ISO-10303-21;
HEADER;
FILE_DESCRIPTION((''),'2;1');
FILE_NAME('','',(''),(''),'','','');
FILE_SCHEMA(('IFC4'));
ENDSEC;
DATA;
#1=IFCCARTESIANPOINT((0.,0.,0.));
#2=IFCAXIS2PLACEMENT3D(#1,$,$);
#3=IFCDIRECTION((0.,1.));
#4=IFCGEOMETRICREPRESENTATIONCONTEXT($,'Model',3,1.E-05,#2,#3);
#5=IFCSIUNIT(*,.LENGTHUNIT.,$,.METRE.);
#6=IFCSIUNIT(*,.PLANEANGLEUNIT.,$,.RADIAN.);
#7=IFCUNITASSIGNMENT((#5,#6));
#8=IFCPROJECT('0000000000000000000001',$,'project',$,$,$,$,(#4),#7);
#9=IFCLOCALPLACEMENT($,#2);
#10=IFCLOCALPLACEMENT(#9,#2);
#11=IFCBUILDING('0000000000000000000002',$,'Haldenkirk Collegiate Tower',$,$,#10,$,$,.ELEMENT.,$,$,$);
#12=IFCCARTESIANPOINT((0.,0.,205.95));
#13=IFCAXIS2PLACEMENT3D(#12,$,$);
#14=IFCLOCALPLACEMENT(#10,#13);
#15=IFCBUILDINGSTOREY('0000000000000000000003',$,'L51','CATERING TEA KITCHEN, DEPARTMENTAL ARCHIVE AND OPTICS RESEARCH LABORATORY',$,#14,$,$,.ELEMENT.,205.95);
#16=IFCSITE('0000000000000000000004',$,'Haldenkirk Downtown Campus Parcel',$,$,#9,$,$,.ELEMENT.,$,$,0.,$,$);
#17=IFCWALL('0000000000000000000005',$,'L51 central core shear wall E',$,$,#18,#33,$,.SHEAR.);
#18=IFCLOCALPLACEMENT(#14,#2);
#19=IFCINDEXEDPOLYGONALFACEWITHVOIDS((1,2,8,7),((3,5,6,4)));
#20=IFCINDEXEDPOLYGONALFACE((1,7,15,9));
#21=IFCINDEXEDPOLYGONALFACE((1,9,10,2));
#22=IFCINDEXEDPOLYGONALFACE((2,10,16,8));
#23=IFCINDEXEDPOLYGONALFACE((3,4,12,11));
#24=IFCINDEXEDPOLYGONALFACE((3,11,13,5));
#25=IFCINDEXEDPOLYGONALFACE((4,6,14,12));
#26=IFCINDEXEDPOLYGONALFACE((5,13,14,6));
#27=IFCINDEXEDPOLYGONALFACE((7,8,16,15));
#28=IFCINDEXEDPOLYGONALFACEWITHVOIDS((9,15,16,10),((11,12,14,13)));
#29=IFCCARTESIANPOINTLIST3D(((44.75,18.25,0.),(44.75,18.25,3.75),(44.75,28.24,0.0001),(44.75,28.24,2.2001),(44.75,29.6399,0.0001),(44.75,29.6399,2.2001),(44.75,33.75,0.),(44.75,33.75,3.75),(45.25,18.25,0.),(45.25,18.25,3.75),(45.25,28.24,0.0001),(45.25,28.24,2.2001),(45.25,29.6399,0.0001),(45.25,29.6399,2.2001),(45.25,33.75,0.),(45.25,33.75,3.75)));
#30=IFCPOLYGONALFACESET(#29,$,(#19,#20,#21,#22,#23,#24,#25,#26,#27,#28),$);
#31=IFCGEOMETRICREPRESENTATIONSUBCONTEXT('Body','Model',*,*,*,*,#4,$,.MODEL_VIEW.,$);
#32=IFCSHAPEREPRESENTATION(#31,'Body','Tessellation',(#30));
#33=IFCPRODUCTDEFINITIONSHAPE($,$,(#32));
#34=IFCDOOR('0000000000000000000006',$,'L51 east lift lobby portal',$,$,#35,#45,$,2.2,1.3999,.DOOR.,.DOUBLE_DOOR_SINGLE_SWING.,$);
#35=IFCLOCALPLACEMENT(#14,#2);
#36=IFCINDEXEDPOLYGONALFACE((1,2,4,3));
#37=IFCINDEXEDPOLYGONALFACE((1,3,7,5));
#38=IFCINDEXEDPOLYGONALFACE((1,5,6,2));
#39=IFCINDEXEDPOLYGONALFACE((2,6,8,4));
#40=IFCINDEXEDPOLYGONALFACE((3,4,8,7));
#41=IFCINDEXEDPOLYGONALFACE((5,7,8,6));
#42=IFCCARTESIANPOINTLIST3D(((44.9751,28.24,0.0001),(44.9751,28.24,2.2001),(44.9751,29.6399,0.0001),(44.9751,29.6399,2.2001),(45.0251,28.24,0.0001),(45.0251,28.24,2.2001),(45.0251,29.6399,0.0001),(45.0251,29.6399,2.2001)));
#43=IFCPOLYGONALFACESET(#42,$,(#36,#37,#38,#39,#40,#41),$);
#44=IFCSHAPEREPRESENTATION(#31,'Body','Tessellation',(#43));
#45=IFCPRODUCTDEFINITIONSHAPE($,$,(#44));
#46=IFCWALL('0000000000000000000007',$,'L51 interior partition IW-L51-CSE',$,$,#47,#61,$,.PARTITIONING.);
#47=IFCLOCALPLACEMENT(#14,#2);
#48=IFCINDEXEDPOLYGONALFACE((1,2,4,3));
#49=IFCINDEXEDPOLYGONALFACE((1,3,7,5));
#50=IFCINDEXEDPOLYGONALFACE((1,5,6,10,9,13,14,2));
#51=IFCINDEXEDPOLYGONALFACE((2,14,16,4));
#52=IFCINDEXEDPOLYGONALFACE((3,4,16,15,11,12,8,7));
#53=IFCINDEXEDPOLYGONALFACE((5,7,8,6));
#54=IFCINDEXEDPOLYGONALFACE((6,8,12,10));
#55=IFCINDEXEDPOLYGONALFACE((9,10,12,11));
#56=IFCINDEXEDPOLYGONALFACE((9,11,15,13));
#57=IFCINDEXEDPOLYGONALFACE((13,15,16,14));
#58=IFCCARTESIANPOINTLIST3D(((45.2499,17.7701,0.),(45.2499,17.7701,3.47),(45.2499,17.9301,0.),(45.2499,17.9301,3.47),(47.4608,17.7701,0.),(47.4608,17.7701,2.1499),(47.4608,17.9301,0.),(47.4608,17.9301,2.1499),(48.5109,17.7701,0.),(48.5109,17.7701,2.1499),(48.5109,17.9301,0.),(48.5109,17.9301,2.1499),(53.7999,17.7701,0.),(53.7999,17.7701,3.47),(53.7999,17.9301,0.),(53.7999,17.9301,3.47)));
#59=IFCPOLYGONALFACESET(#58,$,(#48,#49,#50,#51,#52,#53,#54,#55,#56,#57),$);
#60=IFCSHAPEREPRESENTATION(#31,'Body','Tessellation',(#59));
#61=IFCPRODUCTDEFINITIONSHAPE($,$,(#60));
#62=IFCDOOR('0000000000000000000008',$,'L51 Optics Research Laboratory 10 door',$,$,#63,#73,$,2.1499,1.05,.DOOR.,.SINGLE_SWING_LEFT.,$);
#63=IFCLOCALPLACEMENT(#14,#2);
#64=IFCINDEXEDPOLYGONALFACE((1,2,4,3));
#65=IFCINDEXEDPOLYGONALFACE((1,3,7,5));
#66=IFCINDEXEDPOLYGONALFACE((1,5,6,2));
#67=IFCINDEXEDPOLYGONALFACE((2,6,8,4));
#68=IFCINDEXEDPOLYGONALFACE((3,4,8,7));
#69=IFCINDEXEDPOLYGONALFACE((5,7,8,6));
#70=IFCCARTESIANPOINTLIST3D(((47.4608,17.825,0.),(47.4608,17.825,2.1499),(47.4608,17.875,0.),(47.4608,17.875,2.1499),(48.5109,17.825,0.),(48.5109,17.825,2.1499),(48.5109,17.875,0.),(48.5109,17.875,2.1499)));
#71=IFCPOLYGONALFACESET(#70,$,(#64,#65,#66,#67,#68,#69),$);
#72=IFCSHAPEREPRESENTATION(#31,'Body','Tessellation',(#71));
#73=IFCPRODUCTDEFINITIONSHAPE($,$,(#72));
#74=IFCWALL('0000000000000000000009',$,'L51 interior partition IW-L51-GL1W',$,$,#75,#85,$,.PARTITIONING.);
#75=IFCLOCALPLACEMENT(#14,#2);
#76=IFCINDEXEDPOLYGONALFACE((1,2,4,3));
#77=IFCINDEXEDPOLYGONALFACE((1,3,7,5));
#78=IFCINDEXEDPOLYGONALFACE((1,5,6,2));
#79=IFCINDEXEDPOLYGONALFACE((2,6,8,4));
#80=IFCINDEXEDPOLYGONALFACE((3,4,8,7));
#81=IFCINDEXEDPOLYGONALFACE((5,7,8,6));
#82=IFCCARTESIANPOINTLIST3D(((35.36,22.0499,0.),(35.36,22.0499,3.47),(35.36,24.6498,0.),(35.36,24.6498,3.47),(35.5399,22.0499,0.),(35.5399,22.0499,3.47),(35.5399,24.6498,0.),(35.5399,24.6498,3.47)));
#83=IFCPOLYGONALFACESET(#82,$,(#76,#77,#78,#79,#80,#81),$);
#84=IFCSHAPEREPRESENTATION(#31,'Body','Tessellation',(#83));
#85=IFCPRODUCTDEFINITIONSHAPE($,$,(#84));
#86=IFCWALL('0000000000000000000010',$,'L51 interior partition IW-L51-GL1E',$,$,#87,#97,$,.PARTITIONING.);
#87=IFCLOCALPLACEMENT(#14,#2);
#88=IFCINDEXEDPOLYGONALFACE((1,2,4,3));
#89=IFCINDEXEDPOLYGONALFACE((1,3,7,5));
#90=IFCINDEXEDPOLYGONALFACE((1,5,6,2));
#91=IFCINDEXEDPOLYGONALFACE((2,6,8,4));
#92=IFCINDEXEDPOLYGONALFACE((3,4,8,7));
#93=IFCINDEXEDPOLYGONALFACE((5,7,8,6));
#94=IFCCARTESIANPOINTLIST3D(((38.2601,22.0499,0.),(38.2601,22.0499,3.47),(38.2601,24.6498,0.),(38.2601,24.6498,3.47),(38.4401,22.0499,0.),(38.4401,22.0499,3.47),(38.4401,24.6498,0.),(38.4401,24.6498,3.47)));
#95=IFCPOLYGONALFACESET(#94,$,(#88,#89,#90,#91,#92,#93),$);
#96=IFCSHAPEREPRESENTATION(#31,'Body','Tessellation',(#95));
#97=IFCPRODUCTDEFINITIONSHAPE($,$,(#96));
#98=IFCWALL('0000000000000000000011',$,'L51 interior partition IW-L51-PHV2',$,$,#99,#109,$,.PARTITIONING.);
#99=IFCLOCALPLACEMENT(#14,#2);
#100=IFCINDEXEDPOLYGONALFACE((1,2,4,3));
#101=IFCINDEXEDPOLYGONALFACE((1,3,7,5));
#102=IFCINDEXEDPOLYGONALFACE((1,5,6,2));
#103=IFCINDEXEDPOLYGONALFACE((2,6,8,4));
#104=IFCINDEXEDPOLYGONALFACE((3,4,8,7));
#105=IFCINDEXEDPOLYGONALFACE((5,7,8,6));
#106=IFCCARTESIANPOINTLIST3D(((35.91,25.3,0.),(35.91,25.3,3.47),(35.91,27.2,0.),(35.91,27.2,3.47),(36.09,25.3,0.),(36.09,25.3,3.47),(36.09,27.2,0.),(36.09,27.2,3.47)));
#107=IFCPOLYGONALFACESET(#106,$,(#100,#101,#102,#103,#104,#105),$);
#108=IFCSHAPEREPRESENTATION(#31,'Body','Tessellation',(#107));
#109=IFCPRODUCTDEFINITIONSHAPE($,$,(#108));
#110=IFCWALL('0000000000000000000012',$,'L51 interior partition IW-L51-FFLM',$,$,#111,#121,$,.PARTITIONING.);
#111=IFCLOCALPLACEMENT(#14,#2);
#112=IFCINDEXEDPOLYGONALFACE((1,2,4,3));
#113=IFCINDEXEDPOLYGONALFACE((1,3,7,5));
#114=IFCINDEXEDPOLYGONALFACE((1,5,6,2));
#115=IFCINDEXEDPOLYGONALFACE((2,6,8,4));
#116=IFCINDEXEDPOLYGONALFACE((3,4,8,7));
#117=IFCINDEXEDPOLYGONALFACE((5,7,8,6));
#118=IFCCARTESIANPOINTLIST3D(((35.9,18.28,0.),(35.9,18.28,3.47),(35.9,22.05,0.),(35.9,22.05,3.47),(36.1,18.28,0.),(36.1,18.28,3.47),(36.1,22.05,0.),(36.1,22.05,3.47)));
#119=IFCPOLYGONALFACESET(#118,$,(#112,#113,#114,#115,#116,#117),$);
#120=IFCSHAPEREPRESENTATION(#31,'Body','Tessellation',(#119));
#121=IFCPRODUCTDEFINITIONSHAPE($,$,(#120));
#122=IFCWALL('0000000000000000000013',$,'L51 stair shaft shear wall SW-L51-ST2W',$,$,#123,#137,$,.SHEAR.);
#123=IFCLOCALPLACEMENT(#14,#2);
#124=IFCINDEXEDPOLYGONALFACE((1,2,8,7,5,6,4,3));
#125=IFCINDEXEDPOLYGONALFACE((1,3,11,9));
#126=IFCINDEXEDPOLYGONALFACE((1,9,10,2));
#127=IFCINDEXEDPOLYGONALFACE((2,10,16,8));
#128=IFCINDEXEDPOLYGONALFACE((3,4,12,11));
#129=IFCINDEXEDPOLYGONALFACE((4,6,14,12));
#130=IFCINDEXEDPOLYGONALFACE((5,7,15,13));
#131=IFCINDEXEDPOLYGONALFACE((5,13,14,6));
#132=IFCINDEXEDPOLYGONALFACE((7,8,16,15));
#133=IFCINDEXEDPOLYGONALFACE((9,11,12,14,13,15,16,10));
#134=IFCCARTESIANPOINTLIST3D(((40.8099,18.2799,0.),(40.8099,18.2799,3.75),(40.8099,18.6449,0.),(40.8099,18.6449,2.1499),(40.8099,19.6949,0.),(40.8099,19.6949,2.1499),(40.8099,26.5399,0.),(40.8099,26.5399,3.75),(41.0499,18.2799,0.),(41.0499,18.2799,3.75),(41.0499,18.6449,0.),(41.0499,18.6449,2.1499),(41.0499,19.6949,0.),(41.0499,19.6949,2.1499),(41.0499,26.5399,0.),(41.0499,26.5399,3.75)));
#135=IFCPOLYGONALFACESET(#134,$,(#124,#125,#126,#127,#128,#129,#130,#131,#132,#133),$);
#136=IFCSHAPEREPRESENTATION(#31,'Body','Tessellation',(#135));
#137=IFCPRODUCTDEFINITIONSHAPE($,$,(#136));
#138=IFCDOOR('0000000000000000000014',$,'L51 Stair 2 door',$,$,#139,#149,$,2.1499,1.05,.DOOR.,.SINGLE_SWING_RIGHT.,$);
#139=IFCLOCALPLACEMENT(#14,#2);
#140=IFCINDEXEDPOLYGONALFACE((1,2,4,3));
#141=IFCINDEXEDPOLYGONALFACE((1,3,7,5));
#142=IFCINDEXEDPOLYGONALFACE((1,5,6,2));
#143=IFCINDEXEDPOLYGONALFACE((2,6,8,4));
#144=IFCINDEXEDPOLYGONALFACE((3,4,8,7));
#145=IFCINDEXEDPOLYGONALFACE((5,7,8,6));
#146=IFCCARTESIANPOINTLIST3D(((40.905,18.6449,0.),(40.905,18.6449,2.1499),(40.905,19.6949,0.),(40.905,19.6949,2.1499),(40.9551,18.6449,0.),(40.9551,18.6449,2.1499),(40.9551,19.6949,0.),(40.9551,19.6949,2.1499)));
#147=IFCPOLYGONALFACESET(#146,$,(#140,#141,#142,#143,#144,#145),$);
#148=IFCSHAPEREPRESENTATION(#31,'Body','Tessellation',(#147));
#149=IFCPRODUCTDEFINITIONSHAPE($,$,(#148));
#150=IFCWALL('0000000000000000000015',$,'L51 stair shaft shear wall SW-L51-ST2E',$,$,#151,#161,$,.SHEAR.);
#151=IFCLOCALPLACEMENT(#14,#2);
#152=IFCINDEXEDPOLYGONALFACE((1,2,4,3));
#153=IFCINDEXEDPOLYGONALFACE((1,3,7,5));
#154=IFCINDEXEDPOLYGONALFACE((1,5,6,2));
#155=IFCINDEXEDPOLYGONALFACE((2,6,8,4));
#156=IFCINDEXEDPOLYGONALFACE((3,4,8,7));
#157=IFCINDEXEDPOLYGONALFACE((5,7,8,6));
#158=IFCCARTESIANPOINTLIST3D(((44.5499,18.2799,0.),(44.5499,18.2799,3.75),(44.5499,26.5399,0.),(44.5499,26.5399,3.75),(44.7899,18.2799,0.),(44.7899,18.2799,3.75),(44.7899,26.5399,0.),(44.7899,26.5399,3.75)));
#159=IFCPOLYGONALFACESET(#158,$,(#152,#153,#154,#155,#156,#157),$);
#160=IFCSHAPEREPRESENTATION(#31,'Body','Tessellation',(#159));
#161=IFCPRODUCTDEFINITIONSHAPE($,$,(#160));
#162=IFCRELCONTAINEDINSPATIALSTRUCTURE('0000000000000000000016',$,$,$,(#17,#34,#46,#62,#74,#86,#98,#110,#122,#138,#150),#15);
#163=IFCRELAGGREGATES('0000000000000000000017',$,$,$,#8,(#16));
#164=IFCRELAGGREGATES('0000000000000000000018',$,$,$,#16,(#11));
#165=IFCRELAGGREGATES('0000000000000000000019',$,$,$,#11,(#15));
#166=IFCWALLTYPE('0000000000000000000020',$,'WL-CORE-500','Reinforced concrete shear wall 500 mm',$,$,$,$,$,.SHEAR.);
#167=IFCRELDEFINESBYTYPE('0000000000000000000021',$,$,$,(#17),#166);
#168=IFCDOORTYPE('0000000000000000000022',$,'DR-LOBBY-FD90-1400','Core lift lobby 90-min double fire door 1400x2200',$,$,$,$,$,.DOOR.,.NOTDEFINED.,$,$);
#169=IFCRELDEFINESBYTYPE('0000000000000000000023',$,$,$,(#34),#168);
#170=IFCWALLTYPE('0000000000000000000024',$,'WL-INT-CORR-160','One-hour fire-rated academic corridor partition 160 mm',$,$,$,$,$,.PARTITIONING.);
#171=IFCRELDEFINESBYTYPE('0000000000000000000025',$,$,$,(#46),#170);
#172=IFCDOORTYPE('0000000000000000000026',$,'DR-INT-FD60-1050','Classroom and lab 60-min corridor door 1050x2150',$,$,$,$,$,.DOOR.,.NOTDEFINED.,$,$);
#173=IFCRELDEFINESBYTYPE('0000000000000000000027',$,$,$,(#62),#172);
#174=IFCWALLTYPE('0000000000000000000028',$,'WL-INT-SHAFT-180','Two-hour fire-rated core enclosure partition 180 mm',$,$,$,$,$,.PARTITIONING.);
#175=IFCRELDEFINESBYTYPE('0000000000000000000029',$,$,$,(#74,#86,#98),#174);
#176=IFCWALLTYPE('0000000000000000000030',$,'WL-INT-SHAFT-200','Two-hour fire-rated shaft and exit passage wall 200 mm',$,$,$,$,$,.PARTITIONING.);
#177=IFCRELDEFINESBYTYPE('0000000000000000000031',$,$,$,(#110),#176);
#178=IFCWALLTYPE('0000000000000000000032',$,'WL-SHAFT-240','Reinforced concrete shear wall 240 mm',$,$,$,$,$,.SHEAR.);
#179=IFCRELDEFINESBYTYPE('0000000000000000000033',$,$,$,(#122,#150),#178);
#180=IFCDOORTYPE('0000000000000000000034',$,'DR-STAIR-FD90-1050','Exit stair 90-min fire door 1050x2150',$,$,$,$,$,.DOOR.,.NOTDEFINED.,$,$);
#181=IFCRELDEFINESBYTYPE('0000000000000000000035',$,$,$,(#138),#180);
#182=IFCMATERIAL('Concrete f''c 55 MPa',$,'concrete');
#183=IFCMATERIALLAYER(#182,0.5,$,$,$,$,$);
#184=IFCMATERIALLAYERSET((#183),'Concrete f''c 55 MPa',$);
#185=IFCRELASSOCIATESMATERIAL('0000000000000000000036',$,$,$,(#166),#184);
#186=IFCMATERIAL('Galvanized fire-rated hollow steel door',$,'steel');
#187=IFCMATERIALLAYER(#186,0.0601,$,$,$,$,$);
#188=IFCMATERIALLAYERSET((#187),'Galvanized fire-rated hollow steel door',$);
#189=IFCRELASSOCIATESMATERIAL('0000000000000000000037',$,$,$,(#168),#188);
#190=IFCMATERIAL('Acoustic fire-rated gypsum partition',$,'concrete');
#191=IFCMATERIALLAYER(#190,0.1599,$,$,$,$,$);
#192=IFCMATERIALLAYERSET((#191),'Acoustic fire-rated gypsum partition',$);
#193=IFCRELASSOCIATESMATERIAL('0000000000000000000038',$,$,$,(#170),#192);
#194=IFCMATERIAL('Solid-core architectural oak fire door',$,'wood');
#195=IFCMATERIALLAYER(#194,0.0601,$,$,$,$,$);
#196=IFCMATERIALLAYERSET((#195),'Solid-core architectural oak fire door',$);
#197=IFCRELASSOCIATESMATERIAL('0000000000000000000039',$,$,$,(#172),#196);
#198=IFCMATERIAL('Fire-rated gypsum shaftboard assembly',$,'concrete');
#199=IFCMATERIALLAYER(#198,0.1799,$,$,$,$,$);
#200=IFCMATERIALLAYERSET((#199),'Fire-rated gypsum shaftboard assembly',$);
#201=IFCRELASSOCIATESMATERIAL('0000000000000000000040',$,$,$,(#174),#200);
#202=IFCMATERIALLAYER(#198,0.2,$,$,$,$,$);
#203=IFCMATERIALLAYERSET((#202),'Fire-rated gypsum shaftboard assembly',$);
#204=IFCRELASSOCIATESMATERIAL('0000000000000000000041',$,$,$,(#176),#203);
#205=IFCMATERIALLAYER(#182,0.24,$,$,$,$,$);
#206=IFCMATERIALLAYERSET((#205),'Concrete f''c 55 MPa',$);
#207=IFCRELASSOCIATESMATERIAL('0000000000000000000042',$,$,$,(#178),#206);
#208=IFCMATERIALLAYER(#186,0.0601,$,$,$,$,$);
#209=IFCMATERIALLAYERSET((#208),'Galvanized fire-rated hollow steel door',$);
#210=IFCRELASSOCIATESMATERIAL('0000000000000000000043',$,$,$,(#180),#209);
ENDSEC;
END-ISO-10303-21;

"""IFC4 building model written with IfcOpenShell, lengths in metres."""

from ifc_helpers import new_model, si_unit, direction, frame, frame_2d, origin, place, context, subcontext, project, spatial, rectangle, extrude, material, layer, layer_set, type_object, element, fill, save


model = new_model("IFC4")

# Units and contexts
model_context = context("Model", 3, precision=1e-05, world=origin(), true_north=direction((0.0, 1.0)))
body_context = subcontext(model_context, "Body", "Model", "MODEL_VIEW")
ifc_project = project(units=[si_unit("LENGTHUNIT", "METRE"), si_unit("PLANEANGLEUNIT", "RADIAN")], contexts=[model_context])

# Site, building, storey
site_placement = place(None, origin())
site = spatial("IfcSite", under=ifc_project, at=site_placement, Name="Haldenkirk Downtown Campus Parcel", CompositionType="ELEMENT", RefElevation=0.0)
building_placement = place(site_placement, origin())
building = spatial("IfcBuilding", under=site, at=building_placement, Name="Haldenkirk Collegiate Tower", CompositionType="ELEMENT")
storey_placement = place(building_placement, frame((0.0, 0.0, 205.95)))
storey = spatial("IfcBuildingStorey", under=building, at=storey_placement, Name="L51", Description="CATERING TEA KITCHEN, DEPARTMENTAL ARCHIVE AND OPTICS RESEARCH LABORATORY", CompositionType="ELEMENT", Elevation=205.95)

# Walls, openings, doors
ifc_material_1 = material(Name="Concrete f'c 55 MPa", Category="concrete")
ifc_layer_1 = layer(ifc_material_1, 0.5)
ifc_layer_set_1 = layer_set([ifc_layer_1], Name="Concrete f'c 55 MPa")
wall_type_1 = type_object("IfcWallType", Name="WL-CORE-500", Description="Reinforced concrete shear wall 500 mm", PredefinedType="SHEAR", material=ifc_layer_set_1)
wall_1_placement = place(storey_placement, frame((45.0, 18.25, 0.0), z_axis=(0.0, 0.0, 1.0), x_axis=(0.0, 1.0, 0.0)))
wall_1 = element("IfcWall", 1, at=wall_1_placement, inside=storey, type_object=wall_type_1, Name="L51 central core shear wall E", PredefinedType="SHEAR", context=body_context, shape_type="SweptSolid", body=[
    extrude(rectangle(XDim=15.5, YDim=0.5, at=frame_2d((7.75, 0.0))), origin(), (0.0, 0.0, 1.0), 3.75),
])
opening_1_placement = place(wall_1_placement, frame((9.99, 0.0, 0.0)))
opening_1 = element("IfcOpeningElement", 2, at=opening_1_placement, cuts=wall_1, PredefinedType="OPENING", context=body_context, shape_type="SweptSolid", body=[
    extrude(rectangle(XDim=1.3999, YDim=2.2, at=frame_2d((0.7, 1.1001))), frame((0.0, 0.26, 0.0), z_axis=(0.0, -1.0, 0.0), x_axis=(1.0, 0.0, 0.0)), (0.0, 0.0, 1.0), 0.52),
])
ifc_material_2 = material(Name="Galvanized fire-rated hollow steel door", Category="steel")
ifc_layer_2 = layer(ifc_material_2, 0.0601)
ifc_layer_set_2 = layer_set([ifc_layer_2], Name="Galvanized fire-rated hollow steel door")
door_type_1 = type_object("IfcDoorType", Name="DR-LOBBY-FD90-1400", Description="Core lift lobby 90-min double fire door 1400x2200", OperationType="NOTDEFINED", PredefinedType="DOOR", material=ifc_layer_set_2)
door_1_placement = place(opening_1_placement, origin())
door_1 = element("IfcDoor", 3, at=door_1_placement, inside=storey, type_object=door_type_1, Name="L51 east lift lobby portal", OperationType="DOUBLE_DOOR_SINGLE_SWING", OverallHeight=2.2, OverallWidth=1.3999, PredefinedType="DOOR", context=body_context, shape_type="SweptSolid", body=[
    extrude(rectangle(XDim=1.3999, YDim=2.2, at=frame_2d((0.7, 1.1001))), frame((0.0, 0.0249, 0.0), z_axis=(0.0, -1.0, 0.0), x_axis=(1.0, 0.0, 0.0)), (0.0, 0.0, 1.0), 0.05),
])
fill(opening_1, door_1)
ifc_material_3 = material(Name="Acoustic fire-rated gypsum partition", Category="concrete")
ifc_layer_3 = layer(ifc_material_3, 0.1599)
ifc_layer_set_3 = layer_set([ifc_layer_3], Name="Acoustic fire-rated gypsum partition")
wall_type_2 = type_object("IfcWallType", Name="WL-INT-CORR-160", Description="One-hour fire-rated academic corridor partition 160 mm", PredefinedType="PARTITIONING", material=ifc_layer_set_3)
wall_2_placement = place(storey_placement, frame((45.25, 17.8501, 0.0), z_axis=(0.0, 0.0, 1.0), x_axis=(1.0, 0.0, 0.0)))
wall_2 = element("IfcWall", 4, at=wall_2_placement, inside=storey, type_object=wall_type_2, Name="L51 interior partition IW-L51-CSE", PredefinedType="PARTITIONING", context=body_context, shape_type="SweptSolid", body=[
    extrude(rectangle(XDim=8.55, YDim=0.1599, at=frame_2d((4.2749, 0.0))), origin(), (0.0, 0.0, 1.0), 3.47),
])
opening_2_placement = place(wall_2_placement, frame((2.2109, 0.0, 0.0)))
opening_2 = element("IfcOpeningElement", 5, at=opening_2_placement, cuts=wall_2, PredefinedType="OPENING", context=body_context, shape_type="SweptSolid", body=[
    extrude(rectangle(XDim=1.05, YDim=2.1499, at=frame_2d((0.5249, 1.075))), frame((0.0, 0.0898, 0.0), z_axis=(0.0, -1.0, 0.0), x_axis=(1.0, 0.0, 0.0)), (0.0, 0.0, 1.0), 0.1799),
])
ifc_material_4 = material(Name="Solid-core architectural oak fire door", Category="wood")
ifc_layer_4 = layer(ifc_material_4, 0.0601)
ifc_layer_set_4 = layer_set([ifc_layer_4], Name="Solid-core architectural oak fire door")
door_type_2 = type_object("IfcDoorType", Name="DR-INT-FD60-1050", Description="Classroom and lab 60-min corridor door 1050x2150", OperationType="NOTDEFINED", PredefinedType="DOOR", material=ifc_layer_set_4)
door_2_placement = place(opening_2_placement, origin())
door_2 = element("IfcDoor", 6, at=door_2_placement, inside=storey, type_object=door_type_2, Name="L51 Optics Research Laboratory 10 door", OperationType="SINGLE_SWING_LEFT", OverallHeight=2.1499, OverallWidth=1.05, PredefinedType="DOOR", context=body_context, shape_type="SweptSolid", body=[
    extrude(rectangle(XDim=1.05, YDim=2.1499, at=frame_2d((0.5249, 1.075))), frame((0.0, 0.0249, 0.0), z_axis=(0.0, -1.0, 0.0), x_axis=(1.0, 0.0, 0.0)), (0.0, 0.0, 1.0), 0.05),
])
fill(opening_2, door_2)

# Walls
ifc_material_5 = material(Name="Fire-rated gypsum shaftboard assembly", Category="concrete")
ifc_layer_5 = layer(ifc_material_5, 0.1799)
ifc_layer_set_5 = layer_set([ifc_layer_5], Name="Fire-rated gypsum shaftboard assembly")
wall_type_3 = type_object("IfcWallType", Name="WL-INT-SHAFT-180", Description="Two-hour fire-rated core enclosure partition 180 mm", PredefinedType="PARTITIONING", material=ifc_layer_set_5)
for number, where, z_axis, x_axis, name in (
    (7, (35.45, 22.05, 0.0), (0.0, 0.0, 1.0), (0.0, 1.0, 0.0), "L51 interior partition IW-L51-GL1W"),
    (8, (38.3501, 22.05, 0.0), (0.0, 0.0, 1.0), (0.0, 1.0, 0.0), "L51 interior partition IW-L51-GL1E"),
):
    element("IfcWall", number, at=place(storey_placement, frame(where, z_axis=z_axis, x_axis=x_axis)), inside=storey, type_object=wall_type_3, Name=name, PredefinedType="PARTITIONING", context=body_context, shape_type="SweptSolid", body=[
        extrude(rectangle(XDim=2.5999, YDim=0.1799, at=frame_2d((1.2998, 0.0))), origin(), (0.0, 0.0, 1.0), 3.47),
    ])
wall_3_placement = place(storey_placement, frame((36.0, 25.3, 0.0), z_axis=(0.0, 0.0, 1.0), x_axis=(0.0, 1.0, 0.0)))
element("IfcWall", 9, at=wall_3_placement, inside=storey, type_object=wall_type_3, Name="L51 interior partition IW-L51-PHV2", PredefinedType="PARTITIONING", context=body_context, shape_type="SweptSolid", body=[
    extrude(rectangle(XDim=1.8999, YDim=0.1799, at=frame_2d((0.95, 0.0))), origin(), (0.0, 0.0, 1.0), 3.47),
])
ifc_layer_6 = layer(ifc_material_5, 0.2)
ifc_layer_set_6 = layer_set([ifc_layer_6], Name="Fire-rated gypsum shaftboard assembly")
wall_type_4 = type_object("IfcWallType", Name="WL-INT-SHAFT-200", Description="Two-hour fire-rated shaft and exit passage wall 200 mm", PredefinedType="PARTITIONING", material=ifc_layer_set_6)
wall_4_placement = place(storey_placement, frame((36.0, 18.28, 0.0), z_axis=(0.0, 0.0, 1.0), x_axis=(0.0, 1.0, 0.0)))
element("IfcWall", 10, at=wall_4_placement, inside=storey, type_object=wall_type_4, Name="L51 interior partition IW-L51-FFLM", PredefinedType="PARTITIONING", context=body_context, shape_type="SweptSolid", body=[
    extrude(rectangle(XDim=3.77, YDim=0.2, at=frame_2d((1.885, 0.0))), origin(), (0.0, 0.0, 1.0), 3.47),
])

# Wall, opening, door
ifc_layer_7 = layer(ifc_material_1, 0.24)
ifc_layer_set_7 = layer_set([ifc_layer_7], Name="Concrete f'c 55 MPa")
wall_type_5 = type_object("IfcWallType", Name="WL-SHAFT-240", Description="Reinforced concrete shear wall 240 mm", PredefinedType="SHEAR", material=ifc_layer_set_7)
wall_5_placement = place(storey_placement, frame((40.9299, 18.28, 0.0), z_axis=(0.0, 0.0, 1.0), x_axis=(0.0, 1.0, 0.0)))
wall_5 = element("IfcWall", 11, at=wall_5_placement, inside=storey, type_object=wall_type_5, Name="L51 stair shaft shear wall SW-L51-ST2W", PredefinedType="SHEAR", context=body_context, shape_type="SweptSolid", body=[
    extrude(rectangle(XDim=8.26, YDim=0.24, at=frame_2d((4.1299, 0.0))), origin(), (0.0, 0.0, 1.0), 3.75),
])
opening_3_placement = place(wall_5_placement, frame((0.365, 0.0, 0.0)))
opening_3 = element("IfcOpeningElement", 12, at=opening_3_placement, cuts=wall_5, PredefinedType="OPENING", context=body_context, shape_type="SweptSolid", body=[
    extrude(rectangle(XDim=1.05, YDim=2.1499, at=frame_2d((0.5249, 1.075))), frame((0.0, 0.1299, 0.0), z_axis=(0.0, -1.0, 0.0), x_axis=(1.0, 0.0, 0.0)), (0.0, 0.0, 1.0), 0.26),
])
ifc_layer_8 = layer(ifc_material_2, 0.0601)
ifc_layer_set_8 = layer_set([ifc_layer_8], Name="Galvanized fire-rated hollow steel door")
door_type_3 = type_object("IfcDoorType", Name="DR-STAIR-FD90-1050", Description="Exit stair 90-min fire door 1050x2150", OperationType="NOTDEFINED", PredefinedType="DOOR", material=ifc_layer_set_8)
door_3_placement = place(opening_3_placement, origin())
door_3 = element("IfcDoor", 13, at=door_3_placement, inside=storey, type_object=door_type_3, Name="L51 Stair 2 door", OperationType="SINGLE_SWING_RIGHT", OverallHeight=2.1499, OverallWidth=1.05, PredefinedType="DOOR", context=body_context, shape_type="SweptSolid", body=[
    extrude(rectangle(XDim=1.05, YDim=2.1499, at=frame_2d((0.5249, 1.075))), frame((0.0, 0.0249, 0.0), z_axis=(0.0, -1.0, 0.0), x_axis=(1.0, 0.0, 0.0)), (0.0, 0.0, 1.0), 0.05),
])
fill(opening_3, door_3)

# Wall
wall_6_placement = place(storey_placement, frame((44.6699, 18.28, 0.0), z_axis=(0.0, 0.0, 1.0), x_axis=(0.0, 1.0, 0.0)))
element("IfcWall", 14, at=wall_6_placement, inside=storey, type_object=wall_type_5, Name="L51 stair shaft shear wall SW-L51-ST2E", PredefinedType="SHEAR", context=body_context, shape_type="SweptSolid", body=[
    extrude(rectangle(XDim=8.26, YDim=0.24, at=frame_2d((4.1299, 0.0))), origin(), (0.0, 0.0, 1.0), 3.75),
])

save(model, "model.ifc")
